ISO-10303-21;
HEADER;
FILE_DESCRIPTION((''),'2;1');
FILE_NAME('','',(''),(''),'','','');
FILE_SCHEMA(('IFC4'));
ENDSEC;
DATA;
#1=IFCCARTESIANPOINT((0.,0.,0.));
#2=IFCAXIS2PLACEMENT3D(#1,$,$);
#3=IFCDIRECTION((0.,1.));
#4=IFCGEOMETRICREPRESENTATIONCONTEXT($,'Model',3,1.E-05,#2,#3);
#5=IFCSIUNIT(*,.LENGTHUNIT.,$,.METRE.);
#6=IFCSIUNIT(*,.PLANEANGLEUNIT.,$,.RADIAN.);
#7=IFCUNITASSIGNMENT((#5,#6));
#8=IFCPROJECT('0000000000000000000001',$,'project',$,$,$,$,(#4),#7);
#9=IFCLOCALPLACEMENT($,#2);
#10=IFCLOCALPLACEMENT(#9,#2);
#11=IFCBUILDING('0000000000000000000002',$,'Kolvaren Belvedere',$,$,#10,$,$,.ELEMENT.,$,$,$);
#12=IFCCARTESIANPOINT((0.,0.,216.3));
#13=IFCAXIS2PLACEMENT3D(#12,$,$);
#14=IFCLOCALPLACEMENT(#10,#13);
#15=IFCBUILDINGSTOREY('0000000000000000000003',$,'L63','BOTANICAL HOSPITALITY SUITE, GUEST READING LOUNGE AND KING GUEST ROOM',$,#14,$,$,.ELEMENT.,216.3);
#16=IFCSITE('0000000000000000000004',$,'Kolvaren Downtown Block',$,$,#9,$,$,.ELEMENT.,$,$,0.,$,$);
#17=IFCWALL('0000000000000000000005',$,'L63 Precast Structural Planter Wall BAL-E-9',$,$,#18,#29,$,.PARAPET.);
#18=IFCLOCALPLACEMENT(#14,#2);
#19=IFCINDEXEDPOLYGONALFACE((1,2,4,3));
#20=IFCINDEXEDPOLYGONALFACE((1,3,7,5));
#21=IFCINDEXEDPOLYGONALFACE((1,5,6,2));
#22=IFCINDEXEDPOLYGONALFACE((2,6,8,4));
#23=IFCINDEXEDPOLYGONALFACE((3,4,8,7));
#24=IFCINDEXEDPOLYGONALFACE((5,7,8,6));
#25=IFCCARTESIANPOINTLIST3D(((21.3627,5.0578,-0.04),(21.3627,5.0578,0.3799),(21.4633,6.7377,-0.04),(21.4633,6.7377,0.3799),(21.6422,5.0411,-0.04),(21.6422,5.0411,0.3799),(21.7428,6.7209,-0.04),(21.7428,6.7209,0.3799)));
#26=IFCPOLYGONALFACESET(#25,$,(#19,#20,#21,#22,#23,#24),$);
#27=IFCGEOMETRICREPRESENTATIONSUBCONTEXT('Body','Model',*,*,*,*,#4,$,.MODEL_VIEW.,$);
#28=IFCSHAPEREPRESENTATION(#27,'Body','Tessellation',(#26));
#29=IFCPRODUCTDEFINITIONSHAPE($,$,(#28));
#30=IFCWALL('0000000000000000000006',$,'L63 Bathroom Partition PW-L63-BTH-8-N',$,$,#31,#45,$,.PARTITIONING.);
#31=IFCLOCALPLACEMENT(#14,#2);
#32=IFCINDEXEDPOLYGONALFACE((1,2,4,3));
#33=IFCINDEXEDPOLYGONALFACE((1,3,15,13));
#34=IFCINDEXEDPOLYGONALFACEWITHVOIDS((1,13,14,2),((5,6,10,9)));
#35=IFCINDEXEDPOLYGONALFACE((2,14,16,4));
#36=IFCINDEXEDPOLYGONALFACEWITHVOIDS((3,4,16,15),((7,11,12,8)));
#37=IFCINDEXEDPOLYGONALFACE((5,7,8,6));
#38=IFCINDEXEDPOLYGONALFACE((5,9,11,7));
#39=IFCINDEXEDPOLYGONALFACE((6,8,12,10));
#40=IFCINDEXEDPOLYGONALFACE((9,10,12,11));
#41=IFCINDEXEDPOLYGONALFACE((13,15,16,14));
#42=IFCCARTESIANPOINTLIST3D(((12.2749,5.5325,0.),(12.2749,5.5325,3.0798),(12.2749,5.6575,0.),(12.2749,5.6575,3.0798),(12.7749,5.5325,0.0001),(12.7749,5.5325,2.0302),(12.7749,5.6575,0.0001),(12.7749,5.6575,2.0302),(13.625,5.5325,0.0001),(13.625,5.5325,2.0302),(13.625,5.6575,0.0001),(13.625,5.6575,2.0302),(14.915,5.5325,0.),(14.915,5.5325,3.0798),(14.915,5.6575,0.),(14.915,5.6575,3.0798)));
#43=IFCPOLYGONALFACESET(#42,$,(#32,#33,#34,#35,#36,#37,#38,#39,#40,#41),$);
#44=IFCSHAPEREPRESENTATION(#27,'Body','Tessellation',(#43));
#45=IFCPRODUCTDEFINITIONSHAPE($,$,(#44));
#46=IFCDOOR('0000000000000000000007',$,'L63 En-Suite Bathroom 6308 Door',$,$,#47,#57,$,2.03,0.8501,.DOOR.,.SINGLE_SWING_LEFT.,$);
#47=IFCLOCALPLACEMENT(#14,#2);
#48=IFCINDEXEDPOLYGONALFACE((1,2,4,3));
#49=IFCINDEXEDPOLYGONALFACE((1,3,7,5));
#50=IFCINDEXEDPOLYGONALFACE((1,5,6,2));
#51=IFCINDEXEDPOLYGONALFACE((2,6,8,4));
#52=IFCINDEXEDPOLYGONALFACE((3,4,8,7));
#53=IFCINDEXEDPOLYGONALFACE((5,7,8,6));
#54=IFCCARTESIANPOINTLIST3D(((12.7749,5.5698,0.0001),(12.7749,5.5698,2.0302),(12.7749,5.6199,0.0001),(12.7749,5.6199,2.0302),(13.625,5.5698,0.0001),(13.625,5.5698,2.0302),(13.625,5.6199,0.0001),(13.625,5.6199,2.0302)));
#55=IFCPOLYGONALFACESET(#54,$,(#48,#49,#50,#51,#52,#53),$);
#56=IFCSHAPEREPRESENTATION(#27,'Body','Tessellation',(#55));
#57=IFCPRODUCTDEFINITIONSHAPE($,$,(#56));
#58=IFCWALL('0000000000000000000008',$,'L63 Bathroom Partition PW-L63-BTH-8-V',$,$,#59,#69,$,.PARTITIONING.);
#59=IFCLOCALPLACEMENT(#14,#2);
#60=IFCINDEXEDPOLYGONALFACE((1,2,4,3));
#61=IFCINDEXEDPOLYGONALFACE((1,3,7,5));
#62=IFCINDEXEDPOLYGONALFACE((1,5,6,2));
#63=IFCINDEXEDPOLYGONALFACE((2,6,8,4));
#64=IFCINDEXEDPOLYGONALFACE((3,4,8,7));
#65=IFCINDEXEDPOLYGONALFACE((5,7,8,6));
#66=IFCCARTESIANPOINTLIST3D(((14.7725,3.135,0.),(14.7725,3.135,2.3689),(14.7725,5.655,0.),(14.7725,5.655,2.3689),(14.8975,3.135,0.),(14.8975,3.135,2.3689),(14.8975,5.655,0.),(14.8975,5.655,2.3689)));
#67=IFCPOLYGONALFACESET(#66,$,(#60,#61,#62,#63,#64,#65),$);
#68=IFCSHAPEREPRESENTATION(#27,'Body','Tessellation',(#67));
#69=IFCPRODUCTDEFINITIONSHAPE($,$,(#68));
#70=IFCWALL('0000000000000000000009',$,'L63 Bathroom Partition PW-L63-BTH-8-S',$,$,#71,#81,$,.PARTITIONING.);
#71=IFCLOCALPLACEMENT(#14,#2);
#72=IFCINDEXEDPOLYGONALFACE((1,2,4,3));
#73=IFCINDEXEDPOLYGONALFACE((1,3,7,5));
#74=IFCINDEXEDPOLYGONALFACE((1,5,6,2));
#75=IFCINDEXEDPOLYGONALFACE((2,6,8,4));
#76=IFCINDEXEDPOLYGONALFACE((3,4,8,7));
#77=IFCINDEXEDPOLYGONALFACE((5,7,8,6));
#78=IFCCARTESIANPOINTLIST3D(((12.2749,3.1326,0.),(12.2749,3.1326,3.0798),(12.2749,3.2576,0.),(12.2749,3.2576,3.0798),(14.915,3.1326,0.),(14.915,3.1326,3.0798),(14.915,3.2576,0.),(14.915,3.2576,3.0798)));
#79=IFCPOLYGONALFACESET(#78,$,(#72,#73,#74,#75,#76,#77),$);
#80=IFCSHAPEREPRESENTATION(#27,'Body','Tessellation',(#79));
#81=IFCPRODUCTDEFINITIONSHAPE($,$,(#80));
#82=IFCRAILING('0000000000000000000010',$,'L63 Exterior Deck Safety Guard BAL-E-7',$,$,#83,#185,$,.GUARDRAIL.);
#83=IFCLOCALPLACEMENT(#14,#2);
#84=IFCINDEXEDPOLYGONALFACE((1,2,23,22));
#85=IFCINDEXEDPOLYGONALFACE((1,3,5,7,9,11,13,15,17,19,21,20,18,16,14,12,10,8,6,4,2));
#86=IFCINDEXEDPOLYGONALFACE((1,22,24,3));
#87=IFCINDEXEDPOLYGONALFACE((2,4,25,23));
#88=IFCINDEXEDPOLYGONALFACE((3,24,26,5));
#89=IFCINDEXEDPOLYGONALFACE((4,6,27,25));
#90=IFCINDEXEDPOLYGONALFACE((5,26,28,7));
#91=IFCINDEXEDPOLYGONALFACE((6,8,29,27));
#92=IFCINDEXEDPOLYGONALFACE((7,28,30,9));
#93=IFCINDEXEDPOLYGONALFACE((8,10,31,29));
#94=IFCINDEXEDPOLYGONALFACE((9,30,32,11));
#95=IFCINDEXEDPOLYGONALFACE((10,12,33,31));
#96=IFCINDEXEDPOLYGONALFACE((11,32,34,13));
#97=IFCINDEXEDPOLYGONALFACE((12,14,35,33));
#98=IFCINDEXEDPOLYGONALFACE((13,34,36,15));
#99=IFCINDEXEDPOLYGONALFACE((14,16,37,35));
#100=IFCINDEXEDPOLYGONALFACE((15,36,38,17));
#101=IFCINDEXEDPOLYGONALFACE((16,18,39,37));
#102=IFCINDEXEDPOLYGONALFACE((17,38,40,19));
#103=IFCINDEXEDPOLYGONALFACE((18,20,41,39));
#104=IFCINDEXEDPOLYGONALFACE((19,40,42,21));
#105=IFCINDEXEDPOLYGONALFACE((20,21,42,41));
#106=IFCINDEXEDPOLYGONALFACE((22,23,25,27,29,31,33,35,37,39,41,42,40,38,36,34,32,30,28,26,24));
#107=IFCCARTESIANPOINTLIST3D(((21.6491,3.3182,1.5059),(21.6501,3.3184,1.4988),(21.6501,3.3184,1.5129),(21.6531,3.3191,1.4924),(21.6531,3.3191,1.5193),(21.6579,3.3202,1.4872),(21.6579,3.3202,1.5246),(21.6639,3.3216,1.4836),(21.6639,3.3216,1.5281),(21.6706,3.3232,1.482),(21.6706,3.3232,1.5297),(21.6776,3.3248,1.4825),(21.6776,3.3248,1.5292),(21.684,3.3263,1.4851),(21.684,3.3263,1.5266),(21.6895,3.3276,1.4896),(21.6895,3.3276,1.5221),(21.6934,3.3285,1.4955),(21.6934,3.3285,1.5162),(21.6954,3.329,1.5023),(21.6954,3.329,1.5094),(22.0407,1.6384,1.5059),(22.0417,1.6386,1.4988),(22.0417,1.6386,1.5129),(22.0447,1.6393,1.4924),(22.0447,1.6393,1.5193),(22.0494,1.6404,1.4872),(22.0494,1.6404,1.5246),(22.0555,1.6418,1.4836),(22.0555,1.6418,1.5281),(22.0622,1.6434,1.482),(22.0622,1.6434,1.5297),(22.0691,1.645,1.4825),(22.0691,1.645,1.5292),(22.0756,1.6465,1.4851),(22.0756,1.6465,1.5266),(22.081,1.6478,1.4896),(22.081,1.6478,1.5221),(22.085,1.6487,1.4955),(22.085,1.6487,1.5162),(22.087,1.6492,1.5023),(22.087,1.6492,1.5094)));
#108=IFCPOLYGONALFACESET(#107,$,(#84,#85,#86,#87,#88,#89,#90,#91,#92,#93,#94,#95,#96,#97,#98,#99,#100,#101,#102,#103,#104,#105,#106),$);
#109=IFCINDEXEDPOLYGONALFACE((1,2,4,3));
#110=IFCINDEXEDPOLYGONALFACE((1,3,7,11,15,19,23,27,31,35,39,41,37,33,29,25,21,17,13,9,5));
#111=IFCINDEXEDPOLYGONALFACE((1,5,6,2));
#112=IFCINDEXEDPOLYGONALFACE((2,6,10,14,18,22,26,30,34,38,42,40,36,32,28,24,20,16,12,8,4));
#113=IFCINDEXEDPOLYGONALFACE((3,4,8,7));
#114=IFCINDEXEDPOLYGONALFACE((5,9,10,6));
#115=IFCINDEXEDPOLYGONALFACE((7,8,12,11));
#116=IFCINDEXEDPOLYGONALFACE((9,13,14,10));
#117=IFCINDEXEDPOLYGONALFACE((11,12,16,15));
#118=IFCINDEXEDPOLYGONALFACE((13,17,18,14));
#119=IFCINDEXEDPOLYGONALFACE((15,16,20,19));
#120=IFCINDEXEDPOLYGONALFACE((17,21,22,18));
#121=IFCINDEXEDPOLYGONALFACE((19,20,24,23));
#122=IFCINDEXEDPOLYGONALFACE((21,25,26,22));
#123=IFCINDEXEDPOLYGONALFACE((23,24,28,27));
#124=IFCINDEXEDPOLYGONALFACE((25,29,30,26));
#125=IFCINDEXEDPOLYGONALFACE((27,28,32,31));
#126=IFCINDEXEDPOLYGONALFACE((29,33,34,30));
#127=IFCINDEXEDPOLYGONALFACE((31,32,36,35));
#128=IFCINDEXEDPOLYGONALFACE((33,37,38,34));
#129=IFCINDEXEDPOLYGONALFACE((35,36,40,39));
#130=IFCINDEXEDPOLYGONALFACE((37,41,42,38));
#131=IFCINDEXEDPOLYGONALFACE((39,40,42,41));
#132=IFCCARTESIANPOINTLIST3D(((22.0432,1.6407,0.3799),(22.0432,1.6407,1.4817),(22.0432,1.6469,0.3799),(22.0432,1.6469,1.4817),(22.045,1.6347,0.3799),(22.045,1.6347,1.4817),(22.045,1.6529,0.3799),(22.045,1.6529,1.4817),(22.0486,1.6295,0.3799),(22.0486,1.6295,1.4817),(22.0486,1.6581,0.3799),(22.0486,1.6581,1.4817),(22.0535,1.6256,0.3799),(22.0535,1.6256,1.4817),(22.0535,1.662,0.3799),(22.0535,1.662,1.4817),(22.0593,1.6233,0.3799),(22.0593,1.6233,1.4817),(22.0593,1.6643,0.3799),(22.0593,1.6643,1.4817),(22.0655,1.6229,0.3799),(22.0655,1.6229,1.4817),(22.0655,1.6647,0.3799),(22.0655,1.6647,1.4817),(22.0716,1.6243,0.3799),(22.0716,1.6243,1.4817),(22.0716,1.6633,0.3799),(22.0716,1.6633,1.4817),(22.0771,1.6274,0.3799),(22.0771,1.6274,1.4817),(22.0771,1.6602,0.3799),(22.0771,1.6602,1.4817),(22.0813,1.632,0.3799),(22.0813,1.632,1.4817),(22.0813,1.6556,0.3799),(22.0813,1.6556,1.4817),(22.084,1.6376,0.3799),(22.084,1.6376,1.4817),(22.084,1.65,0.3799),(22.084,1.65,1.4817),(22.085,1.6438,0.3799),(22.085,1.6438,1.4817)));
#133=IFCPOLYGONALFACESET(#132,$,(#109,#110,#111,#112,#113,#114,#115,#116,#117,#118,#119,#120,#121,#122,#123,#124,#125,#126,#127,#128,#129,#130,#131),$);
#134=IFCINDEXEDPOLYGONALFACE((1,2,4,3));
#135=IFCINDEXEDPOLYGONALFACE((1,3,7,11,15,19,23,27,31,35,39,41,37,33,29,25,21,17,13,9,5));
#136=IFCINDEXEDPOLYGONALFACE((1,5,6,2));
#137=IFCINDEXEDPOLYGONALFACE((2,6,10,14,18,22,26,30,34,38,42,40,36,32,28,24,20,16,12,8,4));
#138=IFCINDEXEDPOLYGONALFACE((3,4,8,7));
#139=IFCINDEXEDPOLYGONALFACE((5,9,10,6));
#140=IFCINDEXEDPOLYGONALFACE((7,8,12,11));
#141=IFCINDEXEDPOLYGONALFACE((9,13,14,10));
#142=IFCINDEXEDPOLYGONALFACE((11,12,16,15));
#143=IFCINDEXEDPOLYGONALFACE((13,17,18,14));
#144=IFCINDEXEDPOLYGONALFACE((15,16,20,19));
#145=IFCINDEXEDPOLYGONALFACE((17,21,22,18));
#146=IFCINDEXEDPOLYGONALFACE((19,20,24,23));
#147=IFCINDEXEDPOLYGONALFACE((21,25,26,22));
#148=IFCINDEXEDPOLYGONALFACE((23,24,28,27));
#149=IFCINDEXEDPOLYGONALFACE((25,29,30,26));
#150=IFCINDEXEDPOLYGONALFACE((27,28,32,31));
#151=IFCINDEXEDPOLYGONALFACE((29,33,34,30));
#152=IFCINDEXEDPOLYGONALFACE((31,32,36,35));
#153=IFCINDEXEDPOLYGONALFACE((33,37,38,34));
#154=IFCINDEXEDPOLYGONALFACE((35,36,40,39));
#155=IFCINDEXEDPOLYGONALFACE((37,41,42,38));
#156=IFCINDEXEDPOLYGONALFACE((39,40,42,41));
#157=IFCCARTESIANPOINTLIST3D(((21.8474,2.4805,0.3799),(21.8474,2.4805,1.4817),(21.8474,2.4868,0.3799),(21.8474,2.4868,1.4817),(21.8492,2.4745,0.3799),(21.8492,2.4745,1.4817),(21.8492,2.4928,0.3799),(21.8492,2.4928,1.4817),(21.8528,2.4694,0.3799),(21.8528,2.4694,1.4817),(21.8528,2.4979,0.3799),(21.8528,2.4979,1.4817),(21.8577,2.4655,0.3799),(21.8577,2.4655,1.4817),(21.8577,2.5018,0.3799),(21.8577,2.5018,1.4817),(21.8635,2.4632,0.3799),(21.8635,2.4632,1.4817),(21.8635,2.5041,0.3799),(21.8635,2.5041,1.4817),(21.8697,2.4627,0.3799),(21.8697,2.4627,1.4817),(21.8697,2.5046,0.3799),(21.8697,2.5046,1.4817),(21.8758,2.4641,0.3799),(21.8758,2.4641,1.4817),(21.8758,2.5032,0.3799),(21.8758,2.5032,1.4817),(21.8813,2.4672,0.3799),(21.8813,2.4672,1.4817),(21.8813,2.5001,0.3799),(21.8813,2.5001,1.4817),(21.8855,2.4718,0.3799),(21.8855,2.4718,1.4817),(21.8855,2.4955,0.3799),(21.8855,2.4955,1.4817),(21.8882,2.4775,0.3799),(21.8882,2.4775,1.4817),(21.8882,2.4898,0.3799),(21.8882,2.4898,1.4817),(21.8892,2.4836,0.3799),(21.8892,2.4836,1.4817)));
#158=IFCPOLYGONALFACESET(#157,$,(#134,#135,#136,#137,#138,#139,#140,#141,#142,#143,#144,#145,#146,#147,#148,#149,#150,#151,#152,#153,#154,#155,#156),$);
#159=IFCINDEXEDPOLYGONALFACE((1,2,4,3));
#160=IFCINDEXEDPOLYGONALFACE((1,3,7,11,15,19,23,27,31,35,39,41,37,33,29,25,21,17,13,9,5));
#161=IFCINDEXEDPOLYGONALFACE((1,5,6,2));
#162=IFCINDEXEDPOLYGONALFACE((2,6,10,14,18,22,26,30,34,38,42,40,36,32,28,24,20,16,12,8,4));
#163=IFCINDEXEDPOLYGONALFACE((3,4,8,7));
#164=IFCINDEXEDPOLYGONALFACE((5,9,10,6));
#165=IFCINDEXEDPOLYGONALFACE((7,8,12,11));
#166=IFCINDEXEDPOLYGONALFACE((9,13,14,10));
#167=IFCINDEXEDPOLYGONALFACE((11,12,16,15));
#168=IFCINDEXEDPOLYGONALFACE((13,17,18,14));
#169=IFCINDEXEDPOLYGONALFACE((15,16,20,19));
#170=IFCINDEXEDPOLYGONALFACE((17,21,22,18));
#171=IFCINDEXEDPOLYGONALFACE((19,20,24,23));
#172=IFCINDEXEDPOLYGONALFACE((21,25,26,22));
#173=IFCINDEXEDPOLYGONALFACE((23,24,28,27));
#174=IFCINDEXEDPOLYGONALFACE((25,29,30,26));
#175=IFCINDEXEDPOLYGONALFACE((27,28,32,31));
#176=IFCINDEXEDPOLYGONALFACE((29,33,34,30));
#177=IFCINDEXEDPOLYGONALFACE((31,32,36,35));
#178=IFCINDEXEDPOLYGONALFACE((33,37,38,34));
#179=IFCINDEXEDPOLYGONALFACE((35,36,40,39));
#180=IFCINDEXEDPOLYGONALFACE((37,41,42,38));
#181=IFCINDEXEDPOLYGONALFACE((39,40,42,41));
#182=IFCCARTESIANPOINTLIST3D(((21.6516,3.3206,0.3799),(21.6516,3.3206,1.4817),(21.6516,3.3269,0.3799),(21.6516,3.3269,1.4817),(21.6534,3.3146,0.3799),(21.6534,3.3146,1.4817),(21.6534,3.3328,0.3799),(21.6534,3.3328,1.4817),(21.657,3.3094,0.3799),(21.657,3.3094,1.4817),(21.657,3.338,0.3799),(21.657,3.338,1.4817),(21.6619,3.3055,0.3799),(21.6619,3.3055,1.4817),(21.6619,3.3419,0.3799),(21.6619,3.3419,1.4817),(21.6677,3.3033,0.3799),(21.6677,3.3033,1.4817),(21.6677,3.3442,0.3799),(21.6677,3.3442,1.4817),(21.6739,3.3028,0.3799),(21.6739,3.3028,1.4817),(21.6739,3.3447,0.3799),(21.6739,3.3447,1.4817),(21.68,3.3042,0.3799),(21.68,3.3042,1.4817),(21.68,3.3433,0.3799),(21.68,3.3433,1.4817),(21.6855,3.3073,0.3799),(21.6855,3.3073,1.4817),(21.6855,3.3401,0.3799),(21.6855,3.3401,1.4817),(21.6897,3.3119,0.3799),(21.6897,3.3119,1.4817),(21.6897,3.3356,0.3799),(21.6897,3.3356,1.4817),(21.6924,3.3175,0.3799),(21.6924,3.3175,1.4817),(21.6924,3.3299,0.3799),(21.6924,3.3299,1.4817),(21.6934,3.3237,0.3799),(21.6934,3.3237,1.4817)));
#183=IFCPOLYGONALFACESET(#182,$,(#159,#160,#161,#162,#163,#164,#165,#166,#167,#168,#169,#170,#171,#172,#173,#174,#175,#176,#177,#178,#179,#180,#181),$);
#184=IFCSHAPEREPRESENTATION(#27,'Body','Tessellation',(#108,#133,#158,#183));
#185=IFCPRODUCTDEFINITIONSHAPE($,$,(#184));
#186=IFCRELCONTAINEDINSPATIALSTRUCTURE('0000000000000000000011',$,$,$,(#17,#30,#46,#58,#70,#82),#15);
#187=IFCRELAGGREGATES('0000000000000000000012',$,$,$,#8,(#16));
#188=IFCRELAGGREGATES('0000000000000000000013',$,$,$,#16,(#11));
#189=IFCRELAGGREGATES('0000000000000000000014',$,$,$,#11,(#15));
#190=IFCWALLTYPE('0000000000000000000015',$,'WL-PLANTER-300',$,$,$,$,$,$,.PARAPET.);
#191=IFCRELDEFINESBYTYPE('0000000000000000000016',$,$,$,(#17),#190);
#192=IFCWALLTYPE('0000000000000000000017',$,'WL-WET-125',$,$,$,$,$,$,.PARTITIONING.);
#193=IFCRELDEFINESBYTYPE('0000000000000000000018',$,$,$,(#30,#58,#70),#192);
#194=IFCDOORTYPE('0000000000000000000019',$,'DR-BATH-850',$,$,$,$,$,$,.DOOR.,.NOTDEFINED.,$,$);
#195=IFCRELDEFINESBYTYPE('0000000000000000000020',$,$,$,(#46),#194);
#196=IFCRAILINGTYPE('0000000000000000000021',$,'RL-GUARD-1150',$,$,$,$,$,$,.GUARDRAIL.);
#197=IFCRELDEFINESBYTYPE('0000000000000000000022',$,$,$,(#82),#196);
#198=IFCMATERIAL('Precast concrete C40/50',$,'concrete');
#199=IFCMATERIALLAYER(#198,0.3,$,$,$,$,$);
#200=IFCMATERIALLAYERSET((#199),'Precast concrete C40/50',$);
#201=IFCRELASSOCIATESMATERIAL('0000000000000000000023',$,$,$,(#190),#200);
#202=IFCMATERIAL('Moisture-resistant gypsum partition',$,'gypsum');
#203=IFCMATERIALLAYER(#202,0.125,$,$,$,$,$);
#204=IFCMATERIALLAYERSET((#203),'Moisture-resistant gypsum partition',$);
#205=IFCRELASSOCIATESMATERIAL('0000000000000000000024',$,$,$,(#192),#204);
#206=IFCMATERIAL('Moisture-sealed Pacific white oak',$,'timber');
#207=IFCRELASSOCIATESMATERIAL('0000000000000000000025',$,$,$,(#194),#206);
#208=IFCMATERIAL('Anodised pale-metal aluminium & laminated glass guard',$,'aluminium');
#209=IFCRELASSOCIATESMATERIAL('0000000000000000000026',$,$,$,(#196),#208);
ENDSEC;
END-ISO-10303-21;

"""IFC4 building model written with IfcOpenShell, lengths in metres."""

from ifc_helpers import new_model, si_unit, direction, frame, frame_2d, origin, origin_2d, place, context, subcontext, project, spatial, rectangle, circle, extrude, material, layer, layer_set, type_object, element, fill, save


model = new_model("IFC4")

# Units and contexts
model_context = context("Model", 3, precision=1e-05, world=origin(), true_north=direction((0.0, 1.0)))
body_context = subcontext(model_context, "Body", "Model", "MODEL_VIEW")
ifc_project = project(units=[si_unit("LENGTHUNIT", "METRE"), si_unit("PLANEANGLEUNIT", "RADIAN")], contexts=[model_context])

# Site, building, storey
site_placement = place(None, origin())
site = spatial("IfcSite", under=ifc_project, at=site_placement, Name="Kolvaren Downtown Block", CompositionType="ELEMENT", RefElevation=0.0)
building_placement = place(site_placement, origin())
building = spatial("IfcBuilding", under=site, at=building_placement, Name="Kolvaren Belvedere", CompositionType="ELEMENT")
storey_placement = place(building_placement, frame((0.0, 0.0, 216.3)))
storey = spatial("IfcBuildingStorey", under=building, at=storey_placement, Name="L63", Description="BOTANICAL HOSPITALITY SUITE, GUEST READING LOUNGE AND KING GUEST ROOM", CompositionType="ELEMENT", Elevation=216.3)

# Wall
ifc_material_1 = material(Name="Precast concrete C40/50", Category="concrete")
ifc_layer_1 = layer(ifc_material_1, 0.3)
ifc_layer_set_1 = layer_set([ifc_layer_1], Name="Precast concrete C40/50")
wall_type_1 = type_object("IfcWallType", Name="WL-PLANTER-300", PredefinedType="PARAPET", material=ifc_layer_set_1)
wall_1_placement = place(storey_placement, frame((21.5024, 5.0496, -0.04), z_axis=(0.0, 0.0, 1.0), x_axis=(0.059768, 0.998212, 0.0)))
element("IfcWall", 1, at=wall_1_placement, inside=storey, type_object=wall_type_1, Name="L63 Precast Structural Planter Wall BAL-E-9", PredefinedType="PARAPET", context=body_context, shape_type="SweptSolid", body=[
    extrude(rectangle(XDim=1.6829, YDim=0.28, at=frame_2d((0.8413, 0.0))), origin(), (0.0, 0.0, 1.0), 0.4199),
])

# Wall, opening, door
ifc_material_2 = material(Name="Moisture-resistant gypsum partition", Category="gypsum")
ifc_layer_2 = layer(ifc_material_2, 0.125)
ifc_layer_set_2 = layer_set([ifc_layer_2], Name="Moisture-resistant gypsum partition")
wall_type_2 = type_object("IfcWallType", Name="WL-WET-125", PredefinedType="PARTITIONING", material=ifc_layer_set_2)
wall_2_placement = place(storey_placement, frame((12.2749, 5.595, 0.0), z_axis=(0.0, 0.0, 1.0), x_axis=(1.0, 0.0, 0.0)))
wall_2 = element("IfcWall", 2, at=wall_2_placement, inside=storey, type_object=wall_type_2, Name="L63 Bathroom Partition PW-L63-BTH-8-N", PredefinedType="PARTITIONING", context=body_context, shape_type="SweptSolid", body=[
    extrude(rectangle(XDim=2.6401, YDim=0.125, at=frame_2d((1.3201, 0.0))), origin(), (0.0, 0.0, 1.0), 3.0798),
])
opening_1_placement = place(wall_2_placement, frame((0.5, 0.0, 0.0)))
opening_1 = element("IfcOpeningElement", 3, at=opening_1_placement, cuts=wall_2, PredefinedType="OPENING", context=body_context, shape_type="SweptSolid", body=[
    extrude(rectangle(XDim=0.8501, YDim=2.03, at=frame_2d((0.425, 1.0151))), frame((0.0, 0.0725, 0.0), z_axis=(0.0, -1.0, 0.0), x_axis=(1.0, 0.0, 0.0)), (0.0, 0.0, 1.0), 0.145),
])
ifc_material_3 = material(Name="Moisture-sealed Pacific white oak", Category="timber")
door_type_1 = type_object("IfcDoorType", Name="DR-BATH-850", OperationType="NOTDEFINED", PredefinedType="DOOR", material=ifc_material_3)
door_1_placement = place(opening_1_placement, origin())
door_1 = element("IfcDoor", 4, at=door_1_placement, inside=storey, type_object=door_type_1, Name="L63 En-Suite Bathroom 6308 Door", OperationType="SINGLE_SWING_LEFT", OverallHeight=2.03, OverallWidth=0.8501, PredefinedType="DOOR", context=body_context, shape_type="SweptSolid", body=[
    extrude(rectangle(XDim=0.8501, YDim=2.03, at=frame_2d((0.425, 1.0151))), frame((0.0, 0.0249, 0.0), z_axis=(0.0, -1.0, 0.0), x_axis=(1.0, 0.0, 0.0)), (0.0, 0.0, 1.0), 0.05),
])
fill(opening_1, door_1)

# Walls
wall_3_placement = place(storey_placement, frame((14.835, 3.135, 0.0), z_axis=(0.0, 0.0, 1.0), x_axis=(0.0, 1.0, 0.0)))
element("IfcWall", 5, at=wall_3_placement, inside=storey, type_object=wall_type_2, Name="L63 Bathroom Partition PW-L63-BTH-8-V", PredefinedType="PARTITIONING", context=body_context, shape_type="SweptSolid", body=[
    extrude(rectangle(XDim=2.52, YDim=0.125, at=frame_2d((1.26, 0.0))), origin(), (0.0, 0.0, 1.0), 2.3689),
])
wall_4_placement = place(storey_placement, frame((12.2749, 3.1951, 0.0), z_axis=(0.0, 0.0, 1.0), x_axis=(1.0, 0.0, 0.0)))
element("IfcWall", 6, at=wall_4_placement, inside=storey, type_object=wall_type_2, Name="L63 Bathroom Partition PW-L63-BTH-8-S", PredefinedType="PARTITIONING", context=body_context, shape_type="SweptSolid", body=[
    extrude(rectangle(XDim=2.6401, YDim=0.125, at=frame_2d((1.3201, 0.0))), origin(), (0.0, 0.0, 1.0), 3.0798),
])

# Railing
ifc_material_4 = material(Name="Anodised pale-metal aluminium & laminated glass guard", Category="aluminium")
railing_type = type_object("IfcRailingType", Name="RL-GUARD-1150", PredefinedType="GUARDRAIL", material=ifc_material_4)
railing_1_placement = place(storey_placement, frame((22.064, 1.6438, 0.3799)))
element("IfcRailing", 7, at=railing_1_placement, inside=storey, type_object=railing_type, Name="L63 Exterior Deck Safety Guard BAL-E-7", PredefinedType="GUARDRAIL", context=body_context, shape_type="SweptSolid", body=[
    extrude(circle(Radius=0.0239, at=origin_2d()), frame((0.0, 0.0, 1.126), z_axis=(-0.227019, 0.97389, 0.0), x_axis=(-0.97389, -0.227019, 0.0)), (0.0, 0.0, 1.0), 1.7249),
    extrude(circle(Radius=0.021, at=origin_2d()), origin(), (0.0, 0.0, 1.0), 1.1018),
    extrude(circle(Radius=0.021, at=origin_2d()), frame((-0.1958, 0.8398, 0.0)), (0.0, 0.0, 1.0), 1.1018),
    extrude(circle(Radius=0.021, at=origin_2d()), frame((-0.3916, 1.6799, 0.0)), (0.0, 0.0, 1.0), 1.1018),
])

save(model, "model.ifc")
